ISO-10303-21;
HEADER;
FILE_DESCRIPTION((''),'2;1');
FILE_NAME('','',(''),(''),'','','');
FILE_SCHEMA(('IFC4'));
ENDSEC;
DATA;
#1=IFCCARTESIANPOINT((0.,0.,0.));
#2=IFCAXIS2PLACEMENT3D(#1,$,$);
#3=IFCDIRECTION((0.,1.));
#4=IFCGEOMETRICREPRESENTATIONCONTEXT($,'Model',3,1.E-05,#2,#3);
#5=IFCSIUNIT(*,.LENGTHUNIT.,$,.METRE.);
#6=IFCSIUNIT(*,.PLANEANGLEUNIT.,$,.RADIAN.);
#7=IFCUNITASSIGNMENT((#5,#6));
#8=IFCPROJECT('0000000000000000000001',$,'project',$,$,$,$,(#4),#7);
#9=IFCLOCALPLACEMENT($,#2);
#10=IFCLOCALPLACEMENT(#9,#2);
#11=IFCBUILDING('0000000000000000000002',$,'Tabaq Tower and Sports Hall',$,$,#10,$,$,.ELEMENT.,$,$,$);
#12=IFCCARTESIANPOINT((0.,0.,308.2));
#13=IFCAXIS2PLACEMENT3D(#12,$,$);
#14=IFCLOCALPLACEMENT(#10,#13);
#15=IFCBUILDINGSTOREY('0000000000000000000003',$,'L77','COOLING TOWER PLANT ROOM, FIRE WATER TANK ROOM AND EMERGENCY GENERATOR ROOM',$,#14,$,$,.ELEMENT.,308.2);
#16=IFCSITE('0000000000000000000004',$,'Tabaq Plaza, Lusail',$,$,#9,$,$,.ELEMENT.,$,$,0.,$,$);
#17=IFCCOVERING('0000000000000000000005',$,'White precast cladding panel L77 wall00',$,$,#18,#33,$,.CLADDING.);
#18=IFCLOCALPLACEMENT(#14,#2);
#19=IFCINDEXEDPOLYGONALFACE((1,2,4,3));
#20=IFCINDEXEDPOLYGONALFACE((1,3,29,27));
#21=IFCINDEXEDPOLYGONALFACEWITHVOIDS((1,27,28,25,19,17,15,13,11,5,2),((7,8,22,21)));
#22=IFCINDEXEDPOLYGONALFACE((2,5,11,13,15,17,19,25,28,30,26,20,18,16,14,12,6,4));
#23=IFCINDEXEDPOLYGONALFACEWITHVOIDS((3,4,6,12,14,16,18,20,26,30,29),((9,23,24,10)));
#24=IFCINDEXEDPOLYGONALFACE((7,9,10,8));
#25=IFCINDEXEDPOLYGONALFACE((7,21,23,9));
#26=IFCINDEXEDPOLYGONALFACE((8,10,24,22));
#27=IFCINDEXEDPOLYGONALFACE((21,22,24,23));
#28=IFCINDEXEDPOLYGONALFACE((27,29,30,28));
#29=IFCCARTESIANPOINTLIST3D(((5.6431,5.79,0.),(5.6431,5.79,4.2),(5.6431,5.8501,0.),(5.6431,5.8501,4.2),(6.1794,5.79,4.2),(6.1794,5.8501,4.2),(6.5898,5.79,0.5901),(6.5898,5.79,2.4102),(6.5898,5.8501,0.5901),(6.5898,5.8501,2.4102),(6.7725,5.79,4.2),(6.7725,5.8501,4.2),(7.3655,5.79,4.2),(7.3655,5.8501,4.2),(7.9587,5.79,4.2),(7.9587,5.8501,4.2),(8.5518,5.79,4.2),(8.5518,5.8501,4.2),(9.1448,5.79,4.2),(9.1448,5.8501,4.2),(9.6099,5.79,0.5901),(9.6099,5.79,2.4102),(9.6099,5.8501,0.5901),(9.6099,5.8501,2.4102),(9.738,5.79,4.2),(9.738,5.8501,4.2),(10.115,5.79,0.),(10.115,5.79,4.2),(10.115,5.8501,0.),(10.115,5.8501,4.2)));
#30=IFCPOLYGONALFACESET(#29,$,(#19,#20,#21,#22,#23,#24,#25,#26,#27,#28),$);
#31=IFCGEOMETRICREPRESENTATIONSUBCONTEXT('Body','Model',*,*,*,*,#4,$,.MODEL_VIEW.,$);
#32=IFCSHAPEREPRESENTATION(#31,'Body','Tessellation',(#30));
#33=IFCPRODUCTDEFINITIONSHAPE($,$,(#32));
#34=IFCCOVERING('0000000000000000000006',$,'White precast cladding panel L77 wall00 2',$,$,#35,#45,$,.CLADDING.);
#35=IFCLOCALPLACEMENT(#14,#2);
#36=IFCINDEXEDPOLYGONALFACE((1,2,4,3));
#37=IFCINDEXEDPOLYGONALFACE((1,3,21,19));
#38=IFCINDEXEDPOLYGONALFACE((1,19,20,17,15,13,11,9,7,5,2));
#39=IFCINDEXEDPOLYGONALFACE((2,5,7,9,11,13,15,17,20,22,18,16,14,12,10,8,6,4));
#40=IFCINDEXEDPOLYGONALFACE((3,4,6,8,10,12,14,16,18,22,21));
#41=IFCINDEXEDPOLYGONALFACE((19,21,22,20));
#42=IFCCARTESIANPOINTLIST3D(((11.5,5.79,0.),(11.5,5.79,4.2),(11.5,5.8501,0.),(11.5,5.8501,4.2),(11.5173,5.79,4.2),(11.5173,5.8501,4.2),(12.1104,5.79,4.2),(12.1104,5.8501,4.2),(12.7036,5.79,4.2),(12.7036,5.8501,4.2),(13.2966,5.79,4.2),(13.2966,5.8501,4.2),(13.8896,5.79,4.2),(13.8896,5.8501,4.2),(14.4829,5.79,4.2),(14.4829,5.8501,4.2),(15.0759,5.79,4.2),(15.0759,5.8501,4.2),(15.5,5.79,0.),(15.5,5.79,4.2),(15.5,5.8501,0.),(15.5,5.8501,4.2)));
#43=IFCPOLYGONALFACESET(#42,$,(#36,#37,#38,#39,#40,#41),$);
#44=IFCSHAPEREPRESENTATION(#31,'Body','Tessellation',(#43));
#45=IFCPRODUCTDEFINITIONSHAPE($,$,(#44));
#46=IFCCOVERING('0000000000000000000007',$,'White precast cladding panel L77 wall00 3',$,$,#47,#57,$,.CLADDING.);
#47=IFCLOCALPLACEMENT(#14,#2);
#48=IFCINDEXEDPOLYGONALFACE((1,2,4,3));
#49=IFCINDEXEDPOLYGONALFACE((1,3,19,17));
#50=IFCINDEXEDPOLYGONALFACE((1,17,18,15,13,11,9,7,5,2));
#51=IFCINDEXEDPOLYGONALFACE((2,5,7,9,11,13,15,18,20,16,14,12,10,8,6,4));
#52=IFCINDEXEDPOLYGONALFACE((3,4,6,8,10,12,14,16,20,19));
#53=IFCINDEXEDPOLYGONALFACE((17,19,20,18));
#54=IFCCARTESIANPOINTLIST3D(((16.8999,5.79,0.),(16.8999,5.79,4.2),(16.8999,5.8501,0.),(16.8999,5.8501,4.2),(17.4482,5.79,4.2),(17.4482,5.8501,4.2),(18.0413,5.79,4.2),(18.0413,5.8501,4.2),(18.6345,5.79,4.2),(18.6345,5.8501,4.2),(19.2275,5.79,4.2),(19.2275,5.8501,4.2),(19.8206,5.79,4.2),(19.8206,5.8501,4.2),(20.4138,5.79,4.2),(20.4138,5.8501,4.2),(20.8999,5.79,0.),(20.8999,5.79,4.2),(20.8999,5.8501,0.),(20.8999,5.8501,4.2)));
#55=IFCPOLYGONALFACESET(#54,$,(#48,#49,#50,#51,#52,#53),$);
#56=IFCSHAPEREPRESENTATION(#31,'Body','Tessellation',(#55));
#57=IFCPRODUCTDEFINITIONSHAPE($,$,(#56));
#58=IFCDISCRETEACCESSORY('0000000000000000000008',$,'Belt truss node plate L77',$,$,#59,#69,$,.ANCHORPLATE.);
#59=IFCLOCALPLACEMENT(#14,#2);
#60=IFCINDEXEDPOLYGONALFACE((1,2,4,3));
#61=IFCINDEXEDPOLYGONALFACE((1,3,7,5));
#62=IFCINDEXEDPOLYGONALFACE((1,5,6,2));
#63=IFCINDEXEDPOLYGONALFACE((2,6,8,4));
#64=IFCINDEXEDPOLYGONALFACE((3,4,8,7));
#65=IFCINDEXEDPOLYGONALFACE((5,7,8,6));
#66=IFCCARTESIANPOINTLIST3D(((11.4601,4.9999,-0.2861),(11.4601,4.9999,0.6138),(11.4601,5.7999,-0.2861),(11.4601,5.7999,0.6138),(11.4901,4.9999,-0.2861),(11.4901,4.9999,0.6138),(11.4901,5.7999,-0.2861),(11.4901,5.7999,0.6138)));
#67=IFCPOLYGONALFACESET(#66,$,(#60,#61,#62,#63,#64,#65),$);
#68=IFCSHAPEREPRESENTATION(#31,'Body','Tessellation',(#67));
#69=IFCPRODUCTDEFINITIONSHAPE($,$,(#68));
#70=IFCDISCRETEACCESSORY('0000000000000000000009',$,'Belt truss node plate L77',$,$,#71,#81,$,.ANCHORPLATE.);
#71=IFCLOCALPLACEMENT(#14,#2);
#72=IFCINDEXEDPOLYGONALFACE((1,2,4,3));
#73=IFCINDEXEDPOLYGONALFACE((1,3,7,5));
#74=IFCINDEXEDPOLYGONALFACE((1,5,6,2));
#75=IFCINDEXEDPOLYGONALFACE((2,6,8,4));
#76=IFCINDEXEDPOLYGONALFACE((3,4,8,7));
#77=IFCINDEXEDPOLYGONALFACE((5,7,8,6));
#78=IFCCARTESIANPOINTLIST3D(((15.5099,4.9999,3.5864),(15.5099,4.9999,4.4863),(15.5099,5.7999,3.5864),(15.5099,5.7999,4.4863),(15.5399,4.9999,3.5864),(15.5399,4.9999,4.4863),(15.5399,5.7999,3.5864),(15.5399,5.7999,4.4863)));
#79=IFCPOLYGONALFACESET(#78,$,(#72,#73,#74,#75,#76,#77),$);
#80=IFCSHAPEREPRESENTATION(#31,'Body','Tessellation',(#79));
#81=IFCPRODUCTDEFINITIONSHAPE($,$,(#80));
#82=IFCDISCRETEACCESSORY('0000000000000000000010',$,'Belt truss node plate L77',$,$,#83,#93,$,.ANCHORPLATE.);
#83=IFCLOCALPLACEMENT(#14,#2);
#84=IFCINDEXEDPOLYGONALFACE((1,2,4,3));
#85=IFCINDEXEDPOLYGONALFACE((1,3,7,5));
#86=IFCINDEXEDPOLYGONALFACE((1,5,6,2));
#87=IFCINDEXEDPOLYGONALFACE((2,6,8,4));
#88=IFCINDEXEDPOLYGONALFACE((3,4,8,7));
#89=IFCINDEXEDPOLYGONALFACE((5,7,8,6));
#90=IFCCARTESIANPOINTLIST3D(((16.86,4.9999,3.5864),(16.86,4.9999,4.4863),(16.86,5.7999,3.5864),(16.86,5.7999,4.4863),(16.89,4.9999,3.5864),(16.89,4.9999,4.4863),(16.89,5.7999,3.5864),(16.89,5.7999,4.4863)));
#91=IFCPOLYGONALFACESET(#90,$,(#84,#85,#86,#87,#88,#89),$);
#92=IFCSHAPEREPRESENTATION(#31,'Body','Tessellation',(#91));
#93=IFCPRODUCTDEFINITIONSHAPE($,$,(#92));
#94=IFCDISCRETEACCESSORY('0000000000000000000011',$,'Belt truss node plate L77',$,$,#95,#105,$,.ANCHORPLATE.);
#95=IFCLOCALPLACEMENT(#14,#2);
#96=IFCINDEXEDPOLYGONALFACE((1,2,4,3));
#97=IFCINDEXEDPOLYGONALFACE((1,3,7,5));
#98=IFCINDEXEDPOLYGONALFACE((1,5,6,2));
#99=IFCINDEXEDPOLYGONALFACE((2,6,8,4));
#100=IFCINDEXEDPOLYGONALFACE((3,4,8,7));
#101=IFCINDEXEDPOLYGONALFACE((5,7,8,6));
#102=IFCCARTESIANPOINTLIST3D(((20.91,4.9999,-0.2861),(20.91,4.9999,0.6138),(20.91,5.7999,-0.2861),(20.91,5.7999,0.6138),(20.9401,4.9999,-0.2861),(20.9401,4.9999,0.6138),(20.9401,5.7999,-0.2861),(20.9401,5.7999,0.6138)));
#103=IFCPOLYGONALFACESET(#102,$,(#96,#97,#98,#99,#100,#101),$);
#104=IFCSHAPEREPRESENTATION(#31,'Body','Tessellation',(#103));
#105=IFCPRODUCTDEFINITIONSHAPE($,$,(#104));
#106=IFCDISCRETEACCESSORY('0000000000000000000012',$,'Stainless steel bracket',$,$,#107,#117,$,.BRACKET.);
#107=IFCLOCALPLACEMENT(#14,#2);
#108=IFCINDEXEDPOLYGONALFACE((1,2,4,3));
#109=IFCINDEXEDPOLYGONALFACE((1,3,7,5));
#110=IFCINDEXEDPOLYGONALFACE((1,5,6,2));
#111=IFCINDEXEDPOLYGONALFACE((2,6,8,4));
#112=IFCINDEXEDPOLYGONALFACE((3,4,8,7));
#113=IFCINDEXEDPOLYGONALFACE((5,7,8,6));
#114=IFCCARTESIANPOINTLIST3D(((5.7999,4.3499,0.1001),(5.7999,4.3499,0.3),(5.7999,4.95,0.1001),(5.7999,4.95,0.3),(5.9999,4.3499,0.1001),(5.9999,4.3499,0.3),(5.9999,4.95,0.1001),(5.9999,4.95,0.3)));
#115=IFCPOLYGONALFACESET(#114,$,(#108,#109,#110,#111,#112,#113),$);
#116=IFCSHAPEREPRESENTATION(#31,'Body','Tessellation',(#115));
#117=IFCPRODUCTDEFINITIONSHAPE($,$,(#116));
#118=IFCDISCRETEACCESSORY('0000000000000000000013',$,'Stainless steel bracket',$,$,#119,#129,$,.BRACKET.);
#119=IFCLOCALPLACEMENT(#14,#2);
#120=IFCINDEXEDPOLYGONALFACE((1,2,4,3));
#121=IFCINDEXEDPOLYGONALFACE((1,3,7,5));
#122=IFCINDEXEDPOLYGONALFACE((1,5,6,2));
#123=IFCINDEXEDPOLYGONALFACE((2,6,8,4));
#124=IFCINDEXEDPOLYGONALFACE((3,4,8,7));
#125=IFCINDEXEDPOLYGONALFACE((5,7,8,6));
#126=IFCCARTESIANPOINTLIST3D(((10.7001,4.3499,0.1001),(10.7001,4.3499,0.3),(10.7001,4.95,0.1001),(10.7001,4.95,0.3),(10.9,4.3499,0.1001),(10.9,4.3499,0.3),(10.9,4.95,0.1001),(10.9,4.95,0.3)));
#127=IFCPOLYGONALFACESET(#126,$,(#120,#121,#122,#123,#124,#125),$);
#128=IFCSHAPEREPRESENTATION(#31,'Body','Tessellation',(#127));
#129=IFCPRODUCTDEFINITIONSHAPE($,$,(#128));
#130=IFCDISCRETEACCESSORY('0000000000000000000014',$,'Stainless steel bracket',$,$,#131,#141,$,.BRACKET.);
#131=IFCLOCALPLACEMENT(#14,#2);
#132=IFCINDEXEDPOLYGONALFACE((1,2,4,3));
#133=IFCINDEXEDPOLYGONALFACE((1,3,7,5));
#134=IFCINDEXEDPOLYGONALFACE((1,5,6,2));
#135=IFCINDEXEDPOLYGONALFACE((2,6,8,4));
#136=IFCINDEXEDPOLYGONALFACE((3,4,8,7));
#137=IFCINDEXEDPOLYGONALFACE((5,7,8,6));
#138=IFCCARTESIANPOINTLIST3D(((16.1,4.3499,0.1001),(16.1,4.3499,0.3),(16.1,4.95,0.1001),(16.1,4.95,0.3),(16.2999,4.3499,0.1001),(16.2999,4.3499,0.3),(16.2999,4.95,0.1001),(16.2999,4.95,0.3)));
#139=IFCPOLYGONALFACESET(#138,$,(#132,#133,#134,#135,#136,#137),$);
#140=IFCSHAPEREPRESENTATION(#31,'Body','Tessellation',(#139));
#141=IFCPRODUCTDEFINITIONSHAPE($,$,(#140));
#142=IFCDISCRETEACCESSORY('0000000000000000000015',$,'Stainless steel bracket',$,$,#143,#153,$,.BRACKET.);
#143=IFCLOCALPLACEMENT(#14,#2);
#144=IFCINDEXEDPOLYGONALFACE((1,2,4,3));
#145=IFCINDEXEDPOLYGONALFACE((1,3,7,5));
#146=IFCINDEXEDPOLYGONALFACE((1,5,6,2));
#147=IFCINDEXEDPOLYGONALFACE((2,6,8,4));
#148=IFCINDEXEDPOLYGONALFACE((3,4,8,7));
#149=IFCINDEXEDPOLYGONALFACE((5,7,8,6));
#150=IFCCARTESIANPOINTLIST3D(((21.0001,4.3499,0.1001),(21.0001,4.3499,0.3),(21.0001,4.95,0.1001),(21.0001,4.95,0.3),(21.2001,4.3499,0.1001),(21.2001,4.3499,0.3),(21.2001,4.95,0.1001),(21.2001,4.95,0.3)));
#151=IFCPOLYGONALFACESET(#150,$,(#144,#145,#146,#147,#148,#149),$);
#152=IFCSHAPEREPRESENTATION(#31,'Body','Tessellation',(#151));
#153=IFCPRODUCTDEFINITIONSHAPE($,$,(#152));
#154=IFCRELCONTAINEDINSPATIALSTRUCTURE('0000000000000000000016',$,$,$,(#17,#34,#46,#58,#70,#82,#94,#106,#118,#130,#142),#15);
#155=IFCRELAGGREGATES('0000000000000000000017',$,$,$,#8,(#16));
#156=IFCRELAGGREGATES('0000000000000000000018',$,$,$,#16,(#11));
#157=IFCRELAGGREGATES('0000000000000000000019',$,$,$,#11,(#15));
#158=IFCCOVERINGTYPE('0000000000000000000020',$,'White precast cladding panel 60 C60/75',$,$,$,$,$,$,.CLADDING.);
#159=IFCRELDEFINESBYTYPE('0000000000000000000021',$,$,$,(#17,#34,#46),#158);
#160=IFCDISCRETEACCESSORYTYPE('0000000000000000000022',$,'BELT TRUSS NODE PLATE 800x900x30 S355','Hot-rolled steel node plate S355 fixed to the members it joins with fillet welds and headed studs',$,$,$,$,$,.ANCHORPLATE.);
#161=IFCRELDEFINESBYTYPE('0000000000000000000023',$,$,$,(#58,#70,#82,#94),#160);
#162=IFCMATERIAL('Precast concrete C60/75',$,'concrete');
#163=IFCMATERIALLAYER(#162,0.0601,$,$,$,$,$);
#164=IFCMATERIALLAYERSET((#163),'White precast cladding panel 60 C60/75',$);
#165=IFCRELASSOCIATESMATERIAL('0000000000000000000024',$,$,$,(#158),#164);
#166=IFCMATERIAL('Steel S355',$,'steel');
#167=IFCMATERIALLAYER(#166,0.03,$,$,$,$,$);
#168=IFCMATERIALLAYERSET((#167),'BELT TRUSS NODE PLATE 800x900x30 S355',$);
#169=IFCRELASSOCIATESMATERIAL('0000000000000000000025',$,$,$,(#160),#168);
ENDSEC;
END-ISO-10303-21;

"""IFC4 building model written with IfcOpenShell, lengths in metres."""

from ifc_helpers import new_model, si_unit, direction, frame, origin, origin_2d, place, context, subcontext, project, spatial, polyline, rectangle, outline, extrude, material, layer, layer_set, type_object, element, save


model = new_model("IFC4")

# Units and contexts
model_context = context("Model", 3, precision=1e-05, world=origin(), true_north=direction((0.0, 1.0)))
body_context = subcontext(model_context, "Body", "Model", "MODEL_VIEW")
ifc_project = project(units=[si_unit("LENGTHUNIT", "METRE"), si_unit("PLANEANGLEUNIT", "RADIAN")], contexts=[model_context])

# Site, building, storey
site_placement = place(None, origin())
site = spatial("IfcSite", under=ifc_project, at=site_placement, Name="Tabaq Plaza, Lusail", CompositionType="ELEMENT", RefElevation=0.0)
building_placement = place(site_placement, origin())
building = spatial("IfcBuilding", under=site, at=building_placement, Name="Tabaq Tower and Sports Hall", CompositionType="ELEMENT")
storey_placement = place(building_placement, frame((0.0, 0.0, 308.2)))
storey = spatial("IfcBuildingStorey", under=building, at=storey_placement, Name="L77", Description="COOLING TOWER PLANT ROOM, FIRE WATER TANK ROOM AND EMERGENCY GENERATOR ROOM", CompositionType="ELEMENT", Elevation=308.2)

# Coverings
ifc_material_1 = material(Name="Precast concrete C60/75", Category="concrete")
ifc_layer_1 = layer(ifc_material_1, 0.0601)
ifc_layer_set_1 = layer_set([ifc_layer_1], Name="White precast cladding panel 60 C60/75")
covering_type = type_object("IfcCoveringType", Name="White precast cladding panel 60 C60/75", PredefinedType="CLADDING", material=ifc_layer_set_1)
covering_1_placement = place(storey_placement, frame((5.6431, 5.8201, 0.0), z_axis=(0.0, 0.0, 1.0), x_axis=(1.0, 0.0, 0.0)))
element("IfcCovering", 1, at=covering_1_placement, inside=storey, type_object=covering_type, Name="White precast cladding panel L77 wall00", PredefinedType="CLADDING", context=body_context, shape_type="SweptSolid", body=[
    extrude(outline(polyline([(0.0, 0.0), (4.4719, 0.0), (4.4719, 4.2), (4.095, 4.2), (3.5017, 4.2), (2.9087, 4.2), (2.3157, 4.2), (1.7224, 4.2), (1.1294, 4.2), (0.5364, 4.2), (0.0, 4.2), (0.0, 0.0)]), holes=[polyline([(0.9468, 0.5901), (0.9468, 2.4102), (3.9668, 2.4102), (3.9668, 0.5901), (0.9468, 0.5901)])]), frame((0.0, 0.03, 0.0), z_axis=(0.0, -1.0, 0.0), x_axis=(1.0, 0.0, 0.0)), (0.0, 0.0, 1.0), 0.0601),
])
covering_2_placement = place(storey_placement, frame((11.5, 5.8201, 0.0), z_axis=(0.0, 0.0, 1.0), x_axis=(1.0, 0.0, 0.0)))
element("IfcCovering", 2, at=covering_2_placement, inside=storey, type_object=covering_type, Name="White precast cladding panel L77 wall00 2", PredefinedType="CLADDING", context=body_context, shape_type="SweptSolid", body=[
    extrude(outline(polyline([(0.0, 0.0), (4.0, 0.0), (4.0, 4.2), (3.5759, 4.2), (2.9829, 4.2), (2.3896, 4.2), (1.7966, 4.2), (1.2036, 4.2), (0.6104, 4.2), (0.0173, 4.2), (0.0, 4.2), (0.0, 0.0)])), frame((0.0, 0.03, 0.0), z_axis=(0.0, -1.0, 0.0), x_axis=(1.0, 0.0, 0.0)), (0.0, 0.0, 1.0), 0.0601),
])
covering_3_placement = place(storey_placement, frame((16.8999, 5.8201, 0.0), z_axis=(0.0, 0.0, 1.0), x_axis=(1.0, 0.0, 0.0)))
element("IfcCovering", 3, at=covering_3_placement, inside=storey, type_object=covering_type, Name="White precast cladding panel L77 wall00 3", PredefinedType="CLADDING", context=body_context, shape_type="SweptSolid", body=[
    extrude(outline(polyline([(0.0, 0.0), (4.0, 0.0), (4.0, 4.2), (3.5139, 4.2), (2.9207, 4.2), (2.3276, 4.2), (1.7346, 4.2), (1.1414, 4.2), (0.5483, 4.2), (0.0, 4.2), (0.0, 0.0)])), frame((0.0, 0.03, 0.0), z_axis=(0.0, -1.0, 0.0), x_axis=(1.0, 0.0, 0.0)), (0.0, 0.0, 1.0), 0.0601),
])

# Discrete accessories
ifc_material_2 = material(Name="Steel S355", Category="steel")
ifc_layer_2 = layer(ifc_material_2, 0.03)
ifc_layer_set_2 = layer_set([ifc_layer_2], Name="BELT TRUSS NODE PLATE 800x900x30 S355")
discrete_accessory_type = type_object("IfcDiscreteAccessoryType", Name="BELT TRUSS NODE PLATE 800x900x30 S355", Description="Hot-rolled steel node plate S355 fixed to the members it joins with fillet welds and headed studs", PredefinedType="ANCHORPLATE", material=ifc_layer_set_2)
for number, where, z_axis, x_axis, name in (
    (4, (11.4751, 5.3999, -0.2861), (0.0, 0.0, 1.0), (1.0, 0.0, 0.0), "Belt truss node plate L77"),
    (5, (15.5249, 5.3999, 3.5864), (0.0, 0.0, 1.0), (1.0, 0.0, 0.0), "Belt truss node plate L77"),
    (6, (16.875, 5.3999, 3.5864), (0.0, 0.0, 1.0), (1.0, 0.0, 0.0), "Belt truss node plate L77"),
    (7, (20.925, 5.3999, -0.2861), (0.0, 0.0, 1.0), (1.0, 0.0, 0.0), "Belt truss node plate L77"),
):
    element("IfcDiscreteAccessory", number, at=place(storey_placement, frame(where, z_axis=z_axis, x_axis=x_axis)), inside=storey, type_object=discrete_accessory_type, Name=name, PredefinedType="ANCHORPLATE", context=body_context, shape_type="SweptSolid", body=[
        extrude(rectangle(XDim=0.03, YDim=0.8, at=origin_2d()), origin(), (0.0, 0.0, 1.0), 0.8999),
    ])
for number, where, z_axis, x_axis, name in (
    (8, (5.8999, 4.6499, 0.1001), (0.0, 0.0, 1.0), (0.0, -1.0, 0.0), "Stainless steel bracket"),
    (9, (10.8, 4.6499, 0.1001), (0.0, 0.0, 1.0), (0.0, -1.0, 0.0), "Stainless steel bracket"),
    (10, (16.2, 4.6499, 0.1001), (0.0, 0.0, 1.0), (0.0, -1.0, 0.0), "Stainless steel bracket"),
    (11, (21.1001, 4.6499, 0.1001), (0.0, 0.0, 1.0), (0.0, -1.0, 0.0), "Stainless steel bracket"),
):
    element("IfcDiscreteAccessory", number, at=place(storey_placement, frame(where, z_axis=z_axis, x_axis=x_axis)), inside=storey, Name=name, PredefinedType="BRACKET", context=body_context, shape_type="SweptSolid", body=[
        extrude(rectangle(XDim=0.6001, YDim=0.2, at=origin_2d()), origin(), (0.0, 0.0, 1.0), 0.2),
    ])

save(model, "model.ifc")
